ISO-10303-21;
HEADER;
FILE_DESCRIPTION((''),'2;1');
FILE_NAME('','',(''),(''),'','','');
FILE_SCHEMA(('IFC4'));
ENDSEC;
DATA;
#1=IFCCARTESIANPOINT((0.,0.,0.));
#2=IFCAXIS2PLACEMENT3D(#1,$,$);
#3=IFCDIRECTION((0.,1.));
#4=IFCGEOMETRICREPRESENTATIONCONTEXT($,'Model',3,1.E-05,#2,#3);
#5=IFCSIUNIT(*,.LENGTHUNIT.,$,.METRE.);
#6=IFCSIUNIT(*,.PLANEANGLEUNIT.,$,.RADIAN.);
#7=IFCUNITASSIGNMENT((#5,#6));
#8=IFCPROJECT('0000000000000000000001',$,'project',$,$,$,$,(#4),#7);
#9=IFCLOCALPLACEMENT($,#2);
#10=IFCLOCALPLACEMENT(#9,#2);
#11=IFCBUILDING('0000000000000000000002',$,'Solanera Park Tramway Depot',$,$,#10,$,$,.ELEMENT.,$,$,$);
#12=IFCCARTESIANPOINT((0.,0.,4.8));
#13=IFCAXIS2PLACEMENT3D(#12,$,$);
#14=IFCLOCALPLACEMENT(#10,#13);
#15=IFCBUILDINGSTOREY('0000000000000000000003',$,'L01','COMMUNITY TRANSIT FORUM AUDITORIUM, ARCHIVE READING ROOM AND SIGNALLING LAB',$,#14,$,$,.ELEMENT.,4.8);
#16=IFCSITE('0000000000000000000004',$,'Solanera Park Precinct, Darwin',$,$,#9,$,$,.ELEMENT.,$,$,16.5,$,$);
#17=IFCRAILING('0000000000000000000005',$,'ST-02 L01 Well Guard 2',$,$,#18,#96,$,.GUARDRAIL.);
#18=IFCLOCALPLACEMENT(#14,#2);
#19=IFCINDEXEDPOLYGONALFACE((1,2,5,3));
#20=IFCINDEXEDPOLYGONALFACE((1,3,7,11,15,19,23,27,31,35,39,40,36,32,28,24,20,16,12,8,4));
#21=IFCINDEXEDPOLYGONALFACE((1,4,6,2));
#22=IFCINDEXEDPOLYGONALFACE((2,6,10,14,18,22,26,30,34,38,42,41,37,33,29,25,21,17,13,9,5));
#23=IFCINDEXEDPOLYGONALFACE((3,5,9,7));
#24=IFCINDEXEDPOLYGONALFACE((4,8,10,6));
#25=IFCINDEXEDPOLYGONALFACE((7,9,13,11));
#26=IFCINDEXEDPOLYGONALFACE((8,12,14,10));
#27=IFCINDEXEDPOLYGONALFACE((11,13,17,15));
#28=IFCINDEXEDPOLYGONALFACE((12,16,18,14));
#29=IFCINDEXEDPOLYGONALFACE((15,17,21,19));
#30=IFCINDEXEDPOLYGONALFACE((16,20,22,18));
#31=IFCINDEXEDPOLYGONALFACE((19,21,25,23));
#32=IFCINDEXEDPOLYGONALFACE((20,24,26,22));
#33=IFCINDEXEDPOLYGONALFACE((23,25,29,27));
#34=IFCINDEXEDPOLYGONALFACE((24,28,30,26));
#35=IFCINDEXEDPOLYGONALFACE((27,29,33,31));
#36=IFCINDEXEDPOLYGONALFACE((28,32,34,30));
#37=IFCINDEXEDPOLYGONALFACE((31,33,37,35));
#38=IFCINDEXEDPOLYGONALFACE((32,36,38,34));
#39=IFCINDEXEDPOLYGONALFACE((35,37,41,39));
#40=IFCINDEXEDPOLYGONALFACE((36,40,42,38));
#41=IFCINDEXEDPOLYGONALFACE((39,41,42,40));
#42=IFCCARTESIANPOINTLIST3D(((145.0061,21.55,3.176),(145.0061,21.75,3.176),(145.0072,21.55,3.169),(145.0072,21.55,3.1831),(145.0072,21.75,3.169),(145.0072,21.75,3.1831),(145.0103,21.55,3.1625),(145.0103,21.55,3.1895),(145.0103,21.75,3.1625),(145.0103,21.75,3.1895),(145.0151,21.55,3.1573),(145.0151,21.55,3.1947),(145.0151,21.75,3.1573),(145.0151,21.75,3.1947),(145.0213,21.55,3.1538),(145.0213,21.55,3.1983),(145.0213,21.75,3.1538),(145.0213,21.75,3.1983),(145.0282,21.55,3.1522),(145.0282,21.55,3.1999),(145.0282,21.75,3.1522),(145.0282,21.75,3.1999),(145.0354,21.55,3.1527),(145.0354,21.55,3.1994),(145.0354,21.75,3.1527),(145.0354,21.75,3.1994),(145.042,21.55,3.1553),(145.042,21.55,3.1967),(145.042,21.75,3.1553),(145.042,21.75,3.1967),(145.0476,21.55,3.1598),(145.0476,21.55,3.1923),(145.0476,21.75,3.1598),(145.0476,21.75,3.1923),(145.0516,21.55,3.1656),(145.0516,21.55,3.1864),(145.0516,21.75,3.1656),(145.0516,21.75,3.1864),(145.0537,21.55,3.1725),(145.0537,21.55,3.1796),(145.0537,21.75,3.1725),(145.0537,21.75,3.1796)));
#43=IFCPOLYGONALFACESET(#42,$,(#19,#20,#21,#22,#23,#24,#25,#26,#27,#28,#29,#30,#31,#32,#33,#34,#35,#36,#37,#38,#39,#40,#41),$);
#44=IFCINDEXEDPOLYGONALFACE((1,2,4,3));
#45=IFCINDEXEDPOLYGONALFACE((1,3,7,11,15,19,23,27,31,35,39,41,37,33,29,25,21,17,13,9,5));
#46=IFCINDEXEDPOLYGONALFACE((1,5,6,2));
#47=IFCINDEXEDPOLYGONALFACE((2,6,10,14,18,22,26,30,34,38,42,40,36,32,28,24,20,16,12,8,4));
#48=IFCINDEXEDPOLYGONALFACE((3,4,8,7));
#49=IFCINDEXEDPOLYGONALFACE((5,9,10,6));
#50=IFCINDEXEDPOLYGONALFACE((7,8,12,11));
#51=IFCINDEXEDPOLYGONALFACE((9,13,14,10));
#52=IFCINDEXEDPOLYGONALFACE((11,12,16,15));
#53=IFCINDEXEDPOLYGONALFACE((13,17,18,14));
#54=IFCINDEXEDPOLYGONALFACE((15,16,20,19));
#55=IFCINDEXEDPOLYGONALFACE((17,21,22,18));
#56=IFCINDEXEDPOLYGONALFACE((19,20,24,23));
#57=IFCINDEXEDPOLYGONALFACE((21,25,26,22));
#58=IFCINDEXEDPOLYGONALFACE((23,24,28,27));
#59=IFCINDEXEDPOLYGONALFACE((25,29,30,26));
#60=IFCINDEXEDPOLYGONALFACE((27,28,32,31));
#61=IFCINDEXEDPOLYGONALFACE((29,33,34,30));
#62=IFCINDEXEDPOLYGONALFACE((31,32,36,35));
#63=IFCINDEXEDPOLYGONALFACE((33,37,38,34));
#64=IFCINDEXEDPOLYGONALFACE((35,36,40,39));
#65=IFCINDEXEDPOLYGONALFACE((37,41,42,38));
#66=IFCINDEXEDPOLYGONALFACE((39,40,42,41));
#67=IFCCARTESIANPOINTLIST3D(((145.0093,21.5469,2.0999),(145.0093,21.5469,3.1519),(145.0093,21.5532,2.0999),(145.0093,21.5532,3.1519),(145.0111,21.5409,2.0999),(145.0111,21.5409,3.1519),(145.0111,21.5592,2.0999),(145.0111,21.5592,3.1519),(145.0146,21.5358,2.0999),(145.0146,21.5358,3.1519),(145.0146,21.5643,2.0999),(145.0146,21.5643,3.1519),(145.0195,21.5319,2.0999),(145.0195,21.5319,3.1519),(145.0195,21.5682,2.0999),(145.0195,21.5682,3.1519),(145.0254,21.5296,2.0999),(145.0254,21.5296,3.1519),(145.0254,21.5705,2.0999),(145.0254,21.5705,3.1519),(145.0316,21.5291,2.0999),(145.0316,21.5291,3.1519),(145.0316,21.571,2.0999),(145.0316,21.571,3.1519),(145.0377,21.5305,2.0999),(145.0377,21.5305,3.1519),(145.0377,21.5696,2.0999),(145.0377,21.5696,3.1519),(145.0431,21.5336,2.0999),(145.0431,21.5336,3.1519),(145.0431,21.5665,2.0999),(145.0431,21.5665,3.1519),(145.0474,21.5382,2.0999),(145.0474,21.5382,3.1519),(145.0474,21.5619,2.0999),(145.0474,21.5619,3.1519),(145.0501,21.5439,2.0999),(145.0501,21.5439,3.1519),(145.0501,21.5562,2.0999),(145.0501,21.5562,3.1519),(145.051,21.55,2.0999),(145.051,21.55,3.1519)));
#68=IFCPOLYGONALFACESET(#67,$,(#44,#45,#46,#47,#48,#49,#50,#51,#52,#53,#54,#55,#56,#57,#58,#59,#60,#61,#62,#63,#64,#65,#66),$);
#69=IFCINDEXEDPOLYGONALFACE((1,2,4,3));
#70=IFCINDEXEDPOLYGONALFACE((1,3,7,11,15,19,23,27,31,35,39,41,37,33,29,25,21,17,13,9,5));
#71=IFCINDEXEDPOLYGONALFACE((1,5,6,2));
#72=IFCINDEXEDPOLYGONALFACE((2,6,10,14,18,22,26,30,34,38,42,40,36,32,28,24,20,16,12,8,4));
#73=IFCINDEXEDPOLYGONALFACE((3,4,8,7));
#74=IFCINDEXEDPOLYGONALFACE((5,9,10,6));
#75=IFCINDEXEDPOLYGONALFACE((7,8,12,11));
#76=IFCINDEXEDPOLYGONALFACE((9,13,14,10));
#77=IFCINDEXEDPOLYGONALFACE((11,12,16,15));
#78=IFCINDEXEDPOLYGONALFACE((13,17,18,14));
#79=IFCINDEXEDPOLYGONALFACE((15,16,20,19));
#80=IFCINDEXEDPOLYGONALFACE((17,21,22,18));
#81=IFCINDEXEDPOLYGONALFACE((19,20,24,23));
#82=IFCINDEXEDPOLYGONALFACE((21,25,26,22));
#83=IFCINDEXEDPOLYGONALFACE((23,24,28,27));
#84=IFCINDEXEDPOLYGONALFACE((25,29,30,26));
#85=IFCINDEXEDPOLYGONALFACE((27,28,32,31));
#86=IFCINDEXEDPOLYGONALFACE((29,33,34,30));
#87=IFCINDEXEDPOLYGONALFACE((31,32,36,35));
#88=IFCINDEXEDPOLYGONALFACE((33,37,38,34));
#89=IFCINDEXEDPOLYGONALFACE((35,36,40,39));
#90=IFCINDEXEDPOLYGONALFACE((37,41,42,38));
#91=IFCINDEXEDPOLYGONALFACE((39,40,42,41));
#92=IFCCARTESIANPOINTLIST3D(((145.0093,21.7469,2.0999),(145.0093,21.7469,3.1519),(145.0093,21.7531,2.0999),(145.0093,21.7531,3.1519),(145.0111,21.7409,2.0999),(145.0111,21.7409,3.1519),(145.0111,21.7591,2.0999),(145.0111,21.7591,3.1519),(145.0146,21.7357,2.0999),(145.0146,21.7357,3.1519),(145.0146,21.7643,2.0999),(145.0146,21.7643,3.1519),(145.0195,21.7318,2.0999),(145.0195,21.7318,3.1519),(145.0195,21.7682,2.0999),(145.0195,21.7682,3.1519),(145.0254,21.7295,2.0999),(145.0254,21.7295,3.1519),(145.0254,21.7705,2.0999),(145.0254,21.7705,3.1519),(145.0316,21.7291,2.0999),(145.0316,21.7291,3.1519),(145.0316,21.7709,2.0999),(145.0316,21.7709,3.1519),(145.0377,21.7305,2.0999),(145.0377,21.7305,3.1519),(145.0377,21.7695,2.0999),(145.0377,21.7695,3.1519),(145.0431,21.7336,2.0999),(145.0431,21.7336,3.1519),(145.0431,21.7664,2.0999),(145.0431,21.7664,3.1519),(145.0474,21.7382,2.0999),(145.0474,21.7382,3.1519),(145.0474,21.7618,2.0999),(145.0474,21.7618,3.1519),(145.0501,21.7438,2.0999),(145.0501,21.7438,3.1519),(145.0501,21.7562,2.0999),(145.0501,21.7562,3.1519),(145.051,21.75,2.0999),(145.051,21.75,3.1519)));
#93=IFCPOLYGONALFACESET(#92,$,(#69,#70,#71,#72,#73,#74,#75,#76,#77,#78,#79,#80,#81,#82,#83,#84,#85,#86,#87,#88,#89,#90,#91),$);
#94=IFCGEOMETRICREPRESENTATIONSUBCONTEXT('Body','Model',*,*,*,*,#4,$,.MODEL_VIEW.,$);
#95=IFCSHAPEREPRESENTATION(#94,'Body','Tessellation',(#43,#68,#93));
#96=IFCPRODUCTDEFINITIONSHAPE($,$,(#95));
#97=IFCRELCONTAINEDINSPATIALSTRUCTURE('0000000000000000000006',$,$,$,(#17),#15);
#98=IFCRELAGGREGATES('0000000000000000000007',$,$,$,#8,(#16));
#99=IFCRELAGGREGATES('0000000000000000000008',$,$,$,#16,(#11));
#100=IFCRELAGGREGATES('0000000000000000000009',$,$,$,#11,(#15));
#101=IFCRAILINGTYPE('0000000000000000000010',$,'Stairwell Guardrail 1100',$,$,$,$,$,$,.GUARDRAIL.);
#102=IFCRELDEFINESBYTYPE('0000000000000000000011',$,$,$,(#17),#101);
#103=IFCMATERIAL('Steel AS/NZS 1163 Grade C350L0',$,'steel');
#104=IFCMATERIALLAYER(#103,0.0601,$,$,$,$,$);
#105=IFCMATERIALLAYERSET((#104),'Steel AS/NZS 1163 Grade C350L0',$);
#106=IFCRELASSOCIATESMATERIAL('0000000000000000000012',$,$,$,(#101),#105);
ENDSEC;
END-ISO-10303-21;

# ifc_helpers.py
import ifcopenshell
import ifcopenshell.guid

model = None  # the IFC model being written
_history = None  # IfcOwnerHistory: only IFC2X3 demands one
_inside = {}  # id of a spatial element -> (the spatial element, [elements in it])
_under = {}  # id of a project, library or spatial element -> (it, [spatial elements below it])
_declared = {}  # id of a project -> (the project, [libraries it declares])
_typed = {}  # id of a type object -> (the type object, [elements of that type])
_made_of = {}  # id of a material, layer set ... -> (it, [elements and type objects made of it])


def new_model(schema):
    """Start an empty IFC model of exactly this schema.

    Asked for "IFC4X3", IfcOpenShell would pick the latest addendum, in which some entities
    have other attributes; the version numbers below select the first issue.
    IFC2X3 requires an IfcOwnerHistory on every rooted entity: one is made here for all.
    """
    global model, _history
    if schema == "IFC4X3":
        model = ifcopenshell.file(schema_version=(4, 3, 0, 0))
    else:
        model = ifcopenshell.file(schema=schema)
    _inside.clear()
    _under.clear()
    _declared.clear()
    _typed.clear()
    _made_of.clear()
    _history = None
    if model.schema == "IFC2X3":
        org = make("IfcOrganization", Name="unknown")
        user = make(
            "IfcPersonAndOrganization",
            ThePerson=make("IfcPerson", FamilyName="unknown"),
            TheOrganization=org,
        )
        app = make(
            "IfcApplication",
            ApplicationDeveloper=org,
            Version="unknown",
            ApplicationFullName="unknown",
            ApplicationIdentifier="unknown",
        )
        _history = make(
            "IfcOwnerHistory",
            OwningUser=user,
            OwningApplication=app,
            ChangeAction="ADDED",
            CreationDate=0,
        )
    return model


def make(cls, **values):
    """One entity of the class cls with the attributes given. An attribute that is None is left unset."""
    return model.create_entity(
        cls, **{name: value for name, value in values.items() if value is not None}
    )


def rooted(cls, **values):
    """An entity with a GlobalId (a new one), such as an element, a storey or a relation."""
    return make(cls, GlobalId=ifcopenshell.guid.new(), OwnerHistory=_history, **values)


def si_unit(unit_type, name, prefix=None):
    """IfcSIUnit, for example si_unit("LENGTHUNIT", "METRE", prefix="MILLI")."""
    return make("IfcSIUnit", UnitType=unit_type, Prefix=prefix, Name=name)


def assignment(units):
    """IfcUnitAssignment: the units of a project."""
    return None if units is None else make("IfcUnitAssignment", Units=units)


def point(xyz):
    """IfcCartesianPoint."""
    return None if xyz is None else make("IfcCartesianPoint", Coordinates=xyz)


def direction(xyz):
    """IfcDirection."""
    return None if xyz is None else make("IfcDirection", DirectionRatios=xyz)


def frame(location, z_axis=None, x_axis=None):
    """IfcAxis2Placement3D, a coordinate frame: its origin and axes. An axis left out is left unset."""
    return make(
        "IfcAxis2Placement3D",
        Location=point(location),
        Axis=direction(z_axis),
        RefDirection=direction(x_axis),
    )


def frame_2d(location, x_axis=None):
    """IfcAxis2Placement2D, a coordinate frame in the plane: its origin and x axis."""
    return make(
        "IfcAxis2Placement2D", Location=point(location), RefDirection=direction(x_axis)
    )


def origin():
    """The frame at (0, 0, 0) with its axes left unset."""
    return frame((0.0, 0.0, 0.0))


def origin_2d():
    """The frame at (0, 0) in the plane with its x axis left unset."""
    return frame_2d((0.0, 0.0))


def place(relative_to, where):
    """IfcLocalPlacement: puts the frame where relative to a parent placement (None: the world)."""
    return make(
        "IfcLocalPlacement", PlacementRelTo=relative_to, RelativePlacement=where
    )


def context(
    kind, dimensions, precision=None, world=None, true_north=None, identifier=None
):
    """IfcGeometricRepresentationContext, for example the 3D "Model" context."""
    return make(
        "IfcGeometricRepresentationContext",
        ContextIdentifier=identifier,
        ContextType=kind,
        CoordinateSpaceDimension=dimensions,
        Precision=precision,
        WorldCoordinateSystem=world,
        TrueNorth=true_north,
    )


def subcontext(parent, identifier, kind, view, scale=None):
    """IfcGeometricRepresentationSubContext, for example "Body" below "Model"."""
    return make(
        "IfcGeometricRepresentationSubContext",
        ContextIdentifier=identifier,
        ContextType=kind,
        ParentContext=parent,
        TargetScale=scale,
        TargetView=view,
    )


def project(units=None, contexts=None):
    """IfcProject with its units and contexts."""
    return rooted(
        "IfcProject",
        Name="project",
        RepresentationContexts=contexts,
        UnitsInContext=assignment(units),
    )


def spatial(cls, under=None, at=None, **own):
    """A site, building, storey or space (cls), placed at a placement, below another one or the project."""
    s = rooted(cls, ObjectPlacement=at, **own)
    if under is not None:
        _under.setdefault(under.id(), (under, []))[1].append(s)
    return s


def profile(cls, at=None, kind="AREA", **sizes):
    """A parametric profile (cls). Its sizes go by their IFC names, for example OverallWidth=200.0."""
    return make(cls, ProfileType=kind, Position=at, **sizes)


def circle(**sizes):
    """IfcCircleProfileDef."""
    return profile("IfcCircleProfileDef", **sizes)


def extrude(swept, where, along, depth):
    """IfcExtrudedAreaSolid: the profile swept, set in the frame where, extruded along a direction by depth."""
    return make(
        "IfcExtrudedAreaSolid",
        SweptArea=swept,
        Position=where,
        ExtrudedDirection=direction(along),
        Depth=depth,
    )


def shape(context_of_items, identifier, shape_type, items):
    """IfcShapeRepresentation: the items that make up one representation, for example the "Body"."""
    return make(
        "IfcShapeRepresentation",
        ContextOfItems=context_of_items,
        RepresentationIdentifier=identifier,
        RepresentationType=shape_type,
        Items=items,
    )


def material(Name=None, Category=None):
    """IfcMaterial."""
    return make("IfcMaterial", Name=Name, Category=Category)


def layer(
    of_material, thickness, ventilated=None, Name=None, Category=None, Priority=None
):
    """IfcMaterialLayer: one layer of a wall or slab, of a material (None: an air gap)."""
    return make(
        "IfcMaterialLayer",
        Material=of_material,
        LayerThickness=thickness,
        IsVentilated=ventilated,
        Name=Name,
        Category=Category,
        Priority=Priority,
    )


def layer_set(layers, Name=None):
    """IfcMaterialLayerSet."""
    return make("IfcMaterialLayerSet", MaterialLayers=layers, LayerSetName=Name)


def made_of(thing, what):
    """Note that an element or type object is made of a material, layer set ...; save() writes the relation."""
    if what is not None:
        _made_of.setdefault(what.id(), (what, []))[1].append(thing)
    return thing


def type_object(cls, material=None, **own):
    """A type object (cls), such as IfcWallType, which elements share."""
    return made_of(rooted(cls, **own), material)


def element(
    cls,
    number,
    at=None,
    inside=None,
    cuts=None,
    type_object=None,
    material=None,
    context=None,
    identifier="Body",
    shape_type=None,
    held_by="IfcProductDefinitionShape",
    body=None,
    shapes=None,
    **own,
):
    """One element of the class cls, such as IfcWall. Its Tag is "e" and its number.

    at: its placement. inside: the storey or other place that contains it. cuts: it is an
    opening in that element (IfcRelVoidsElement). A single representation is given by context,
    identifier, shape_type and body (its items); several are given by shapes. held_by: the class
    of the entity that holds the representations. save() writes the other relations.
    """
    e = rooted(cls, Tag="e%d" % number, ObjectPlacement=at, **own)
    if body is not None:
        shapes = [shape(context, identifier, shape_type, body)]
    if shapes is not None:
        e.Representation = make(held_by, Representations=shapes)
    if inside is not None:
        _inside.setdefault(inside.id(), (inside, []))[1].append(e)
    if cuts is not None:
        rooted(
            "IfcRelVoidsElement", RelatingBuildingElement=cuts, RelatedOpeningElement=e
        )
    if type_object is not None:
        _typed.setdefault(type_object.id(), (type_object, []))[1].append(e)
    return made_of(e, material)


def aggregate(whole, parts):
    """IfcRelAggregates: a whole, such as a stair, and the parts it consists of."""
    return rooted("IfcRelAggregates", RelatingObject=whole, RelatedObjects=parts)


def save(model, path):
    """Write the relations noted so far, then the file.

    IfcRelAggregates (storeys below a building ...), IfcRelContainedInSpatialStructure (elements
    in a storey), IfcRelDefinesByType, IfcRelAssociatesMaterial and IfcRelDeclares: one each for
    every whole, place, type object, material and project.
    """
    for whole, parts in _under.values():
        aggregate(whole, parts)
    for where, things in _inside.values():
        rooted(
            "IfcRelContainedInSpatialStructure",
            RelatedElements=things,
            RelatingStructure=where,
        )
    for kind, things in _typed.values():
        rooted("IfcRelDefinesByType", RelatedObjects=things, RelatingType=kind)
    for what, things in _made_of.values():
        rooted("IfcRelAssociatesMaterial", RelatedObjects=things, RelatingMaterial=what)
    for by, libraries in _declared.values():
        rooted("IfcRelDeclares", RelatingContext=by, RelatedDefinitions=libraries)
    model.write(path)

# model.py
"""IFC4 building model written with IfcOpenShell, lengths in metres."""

from ifc_helpers import new_model, si_unit, direction, frame, origin, origin_2d, place, context, subcontext, project, spatial, circle, extrude, material, layer, layer_set, type_object, element, save


model = new_model("IFC4")

# Units and contexts
model_context = context("Model", 3, precision=1e-05, world=origin(), true_north=direction((0.0, 1.0)))
body_context = subcontext(model_context, "Body", "Model", "MODEL_VIEW")
ifc_project = project(units=[si_unit("LENGTHUNIT", "METRE"), si_unit("PLANEANGLEUNIT", "RADIAN")], contexts=[model_context])

# Site, building, storey
site_placement = place(None, origin())
site = spatial("IfcSite", under=ifc_project, at=site_placement, Name="Solanera Park Precinct, Darwin", CompositionType="ELEMENT", RefElevation=16.5)
building_placement = place(site_placement, origin())
building = spatial("IfcBuilding", under=site, at=building_placement, Name="Solanera Park Tramway Depot", CompositionType="ELEMENT")
storey_placement = place(building_placement, frame((0.0, 0.0, 4.8)))
storey = spatial("IfcBuildingStorey", under=building, at=storey_placement, Name="L01", Description="COMMUNITY TRANSIT FORUM AUDITORIUM, ARCHIVE READING ROOM AND SIGNALLING LAB", CompositionType="ELEMENT", Elevation=4.8)

# Railing
ifc_material_1 = material(Name="Steel AS/NZS 1163 Grade C350L0", Category="steel")
ifc_layer_1 = layer(ifc_material_1, 0.0601)
ifc_layer_set_1 = layer_set([ifc_layer_1], Name="Steel AS/NZS 1163 Grade C350L0")
railing_type_1 = type_object("IfcRailingType", Name="Stairwell Guardrail 1100", PredefinedType="GUARDRAIL", material=ifc_layer_set_1)
railing_1_placement = place(storey_placement, frame((145.03, 21.55, 2.0999)))
element("IfcRailing", 1, at=railing_1_placement, inside=storey, type_object=railing_type_1, Name="ST-02 L01 Well Guard 2", PredefinedType="GUARDRAIL", context=body_context, shape_type="SweptSolid", body=[
    extrude(circle(Radius=0.0239, at=origin_2d()), frame((0.0, 0.0, 1.0762), z_axis=(0.0, 1.0, 0.0), x_axis=(-1.0, 0.0, 0.0)), (0.0, 0.0, 1.0), 0.2),
    extrude(circle(Radius=0.021, at=origin_2d()), origin(), (0.0, 0.0, 1.0), 1.052),
    extrude(circle(Radius=0.021, at=origin_2d()), frame((0.0, 0.2, 0.0)), (0.0, 0.0, 1.0), 1.052),
])

save(model, "model.ifc")
